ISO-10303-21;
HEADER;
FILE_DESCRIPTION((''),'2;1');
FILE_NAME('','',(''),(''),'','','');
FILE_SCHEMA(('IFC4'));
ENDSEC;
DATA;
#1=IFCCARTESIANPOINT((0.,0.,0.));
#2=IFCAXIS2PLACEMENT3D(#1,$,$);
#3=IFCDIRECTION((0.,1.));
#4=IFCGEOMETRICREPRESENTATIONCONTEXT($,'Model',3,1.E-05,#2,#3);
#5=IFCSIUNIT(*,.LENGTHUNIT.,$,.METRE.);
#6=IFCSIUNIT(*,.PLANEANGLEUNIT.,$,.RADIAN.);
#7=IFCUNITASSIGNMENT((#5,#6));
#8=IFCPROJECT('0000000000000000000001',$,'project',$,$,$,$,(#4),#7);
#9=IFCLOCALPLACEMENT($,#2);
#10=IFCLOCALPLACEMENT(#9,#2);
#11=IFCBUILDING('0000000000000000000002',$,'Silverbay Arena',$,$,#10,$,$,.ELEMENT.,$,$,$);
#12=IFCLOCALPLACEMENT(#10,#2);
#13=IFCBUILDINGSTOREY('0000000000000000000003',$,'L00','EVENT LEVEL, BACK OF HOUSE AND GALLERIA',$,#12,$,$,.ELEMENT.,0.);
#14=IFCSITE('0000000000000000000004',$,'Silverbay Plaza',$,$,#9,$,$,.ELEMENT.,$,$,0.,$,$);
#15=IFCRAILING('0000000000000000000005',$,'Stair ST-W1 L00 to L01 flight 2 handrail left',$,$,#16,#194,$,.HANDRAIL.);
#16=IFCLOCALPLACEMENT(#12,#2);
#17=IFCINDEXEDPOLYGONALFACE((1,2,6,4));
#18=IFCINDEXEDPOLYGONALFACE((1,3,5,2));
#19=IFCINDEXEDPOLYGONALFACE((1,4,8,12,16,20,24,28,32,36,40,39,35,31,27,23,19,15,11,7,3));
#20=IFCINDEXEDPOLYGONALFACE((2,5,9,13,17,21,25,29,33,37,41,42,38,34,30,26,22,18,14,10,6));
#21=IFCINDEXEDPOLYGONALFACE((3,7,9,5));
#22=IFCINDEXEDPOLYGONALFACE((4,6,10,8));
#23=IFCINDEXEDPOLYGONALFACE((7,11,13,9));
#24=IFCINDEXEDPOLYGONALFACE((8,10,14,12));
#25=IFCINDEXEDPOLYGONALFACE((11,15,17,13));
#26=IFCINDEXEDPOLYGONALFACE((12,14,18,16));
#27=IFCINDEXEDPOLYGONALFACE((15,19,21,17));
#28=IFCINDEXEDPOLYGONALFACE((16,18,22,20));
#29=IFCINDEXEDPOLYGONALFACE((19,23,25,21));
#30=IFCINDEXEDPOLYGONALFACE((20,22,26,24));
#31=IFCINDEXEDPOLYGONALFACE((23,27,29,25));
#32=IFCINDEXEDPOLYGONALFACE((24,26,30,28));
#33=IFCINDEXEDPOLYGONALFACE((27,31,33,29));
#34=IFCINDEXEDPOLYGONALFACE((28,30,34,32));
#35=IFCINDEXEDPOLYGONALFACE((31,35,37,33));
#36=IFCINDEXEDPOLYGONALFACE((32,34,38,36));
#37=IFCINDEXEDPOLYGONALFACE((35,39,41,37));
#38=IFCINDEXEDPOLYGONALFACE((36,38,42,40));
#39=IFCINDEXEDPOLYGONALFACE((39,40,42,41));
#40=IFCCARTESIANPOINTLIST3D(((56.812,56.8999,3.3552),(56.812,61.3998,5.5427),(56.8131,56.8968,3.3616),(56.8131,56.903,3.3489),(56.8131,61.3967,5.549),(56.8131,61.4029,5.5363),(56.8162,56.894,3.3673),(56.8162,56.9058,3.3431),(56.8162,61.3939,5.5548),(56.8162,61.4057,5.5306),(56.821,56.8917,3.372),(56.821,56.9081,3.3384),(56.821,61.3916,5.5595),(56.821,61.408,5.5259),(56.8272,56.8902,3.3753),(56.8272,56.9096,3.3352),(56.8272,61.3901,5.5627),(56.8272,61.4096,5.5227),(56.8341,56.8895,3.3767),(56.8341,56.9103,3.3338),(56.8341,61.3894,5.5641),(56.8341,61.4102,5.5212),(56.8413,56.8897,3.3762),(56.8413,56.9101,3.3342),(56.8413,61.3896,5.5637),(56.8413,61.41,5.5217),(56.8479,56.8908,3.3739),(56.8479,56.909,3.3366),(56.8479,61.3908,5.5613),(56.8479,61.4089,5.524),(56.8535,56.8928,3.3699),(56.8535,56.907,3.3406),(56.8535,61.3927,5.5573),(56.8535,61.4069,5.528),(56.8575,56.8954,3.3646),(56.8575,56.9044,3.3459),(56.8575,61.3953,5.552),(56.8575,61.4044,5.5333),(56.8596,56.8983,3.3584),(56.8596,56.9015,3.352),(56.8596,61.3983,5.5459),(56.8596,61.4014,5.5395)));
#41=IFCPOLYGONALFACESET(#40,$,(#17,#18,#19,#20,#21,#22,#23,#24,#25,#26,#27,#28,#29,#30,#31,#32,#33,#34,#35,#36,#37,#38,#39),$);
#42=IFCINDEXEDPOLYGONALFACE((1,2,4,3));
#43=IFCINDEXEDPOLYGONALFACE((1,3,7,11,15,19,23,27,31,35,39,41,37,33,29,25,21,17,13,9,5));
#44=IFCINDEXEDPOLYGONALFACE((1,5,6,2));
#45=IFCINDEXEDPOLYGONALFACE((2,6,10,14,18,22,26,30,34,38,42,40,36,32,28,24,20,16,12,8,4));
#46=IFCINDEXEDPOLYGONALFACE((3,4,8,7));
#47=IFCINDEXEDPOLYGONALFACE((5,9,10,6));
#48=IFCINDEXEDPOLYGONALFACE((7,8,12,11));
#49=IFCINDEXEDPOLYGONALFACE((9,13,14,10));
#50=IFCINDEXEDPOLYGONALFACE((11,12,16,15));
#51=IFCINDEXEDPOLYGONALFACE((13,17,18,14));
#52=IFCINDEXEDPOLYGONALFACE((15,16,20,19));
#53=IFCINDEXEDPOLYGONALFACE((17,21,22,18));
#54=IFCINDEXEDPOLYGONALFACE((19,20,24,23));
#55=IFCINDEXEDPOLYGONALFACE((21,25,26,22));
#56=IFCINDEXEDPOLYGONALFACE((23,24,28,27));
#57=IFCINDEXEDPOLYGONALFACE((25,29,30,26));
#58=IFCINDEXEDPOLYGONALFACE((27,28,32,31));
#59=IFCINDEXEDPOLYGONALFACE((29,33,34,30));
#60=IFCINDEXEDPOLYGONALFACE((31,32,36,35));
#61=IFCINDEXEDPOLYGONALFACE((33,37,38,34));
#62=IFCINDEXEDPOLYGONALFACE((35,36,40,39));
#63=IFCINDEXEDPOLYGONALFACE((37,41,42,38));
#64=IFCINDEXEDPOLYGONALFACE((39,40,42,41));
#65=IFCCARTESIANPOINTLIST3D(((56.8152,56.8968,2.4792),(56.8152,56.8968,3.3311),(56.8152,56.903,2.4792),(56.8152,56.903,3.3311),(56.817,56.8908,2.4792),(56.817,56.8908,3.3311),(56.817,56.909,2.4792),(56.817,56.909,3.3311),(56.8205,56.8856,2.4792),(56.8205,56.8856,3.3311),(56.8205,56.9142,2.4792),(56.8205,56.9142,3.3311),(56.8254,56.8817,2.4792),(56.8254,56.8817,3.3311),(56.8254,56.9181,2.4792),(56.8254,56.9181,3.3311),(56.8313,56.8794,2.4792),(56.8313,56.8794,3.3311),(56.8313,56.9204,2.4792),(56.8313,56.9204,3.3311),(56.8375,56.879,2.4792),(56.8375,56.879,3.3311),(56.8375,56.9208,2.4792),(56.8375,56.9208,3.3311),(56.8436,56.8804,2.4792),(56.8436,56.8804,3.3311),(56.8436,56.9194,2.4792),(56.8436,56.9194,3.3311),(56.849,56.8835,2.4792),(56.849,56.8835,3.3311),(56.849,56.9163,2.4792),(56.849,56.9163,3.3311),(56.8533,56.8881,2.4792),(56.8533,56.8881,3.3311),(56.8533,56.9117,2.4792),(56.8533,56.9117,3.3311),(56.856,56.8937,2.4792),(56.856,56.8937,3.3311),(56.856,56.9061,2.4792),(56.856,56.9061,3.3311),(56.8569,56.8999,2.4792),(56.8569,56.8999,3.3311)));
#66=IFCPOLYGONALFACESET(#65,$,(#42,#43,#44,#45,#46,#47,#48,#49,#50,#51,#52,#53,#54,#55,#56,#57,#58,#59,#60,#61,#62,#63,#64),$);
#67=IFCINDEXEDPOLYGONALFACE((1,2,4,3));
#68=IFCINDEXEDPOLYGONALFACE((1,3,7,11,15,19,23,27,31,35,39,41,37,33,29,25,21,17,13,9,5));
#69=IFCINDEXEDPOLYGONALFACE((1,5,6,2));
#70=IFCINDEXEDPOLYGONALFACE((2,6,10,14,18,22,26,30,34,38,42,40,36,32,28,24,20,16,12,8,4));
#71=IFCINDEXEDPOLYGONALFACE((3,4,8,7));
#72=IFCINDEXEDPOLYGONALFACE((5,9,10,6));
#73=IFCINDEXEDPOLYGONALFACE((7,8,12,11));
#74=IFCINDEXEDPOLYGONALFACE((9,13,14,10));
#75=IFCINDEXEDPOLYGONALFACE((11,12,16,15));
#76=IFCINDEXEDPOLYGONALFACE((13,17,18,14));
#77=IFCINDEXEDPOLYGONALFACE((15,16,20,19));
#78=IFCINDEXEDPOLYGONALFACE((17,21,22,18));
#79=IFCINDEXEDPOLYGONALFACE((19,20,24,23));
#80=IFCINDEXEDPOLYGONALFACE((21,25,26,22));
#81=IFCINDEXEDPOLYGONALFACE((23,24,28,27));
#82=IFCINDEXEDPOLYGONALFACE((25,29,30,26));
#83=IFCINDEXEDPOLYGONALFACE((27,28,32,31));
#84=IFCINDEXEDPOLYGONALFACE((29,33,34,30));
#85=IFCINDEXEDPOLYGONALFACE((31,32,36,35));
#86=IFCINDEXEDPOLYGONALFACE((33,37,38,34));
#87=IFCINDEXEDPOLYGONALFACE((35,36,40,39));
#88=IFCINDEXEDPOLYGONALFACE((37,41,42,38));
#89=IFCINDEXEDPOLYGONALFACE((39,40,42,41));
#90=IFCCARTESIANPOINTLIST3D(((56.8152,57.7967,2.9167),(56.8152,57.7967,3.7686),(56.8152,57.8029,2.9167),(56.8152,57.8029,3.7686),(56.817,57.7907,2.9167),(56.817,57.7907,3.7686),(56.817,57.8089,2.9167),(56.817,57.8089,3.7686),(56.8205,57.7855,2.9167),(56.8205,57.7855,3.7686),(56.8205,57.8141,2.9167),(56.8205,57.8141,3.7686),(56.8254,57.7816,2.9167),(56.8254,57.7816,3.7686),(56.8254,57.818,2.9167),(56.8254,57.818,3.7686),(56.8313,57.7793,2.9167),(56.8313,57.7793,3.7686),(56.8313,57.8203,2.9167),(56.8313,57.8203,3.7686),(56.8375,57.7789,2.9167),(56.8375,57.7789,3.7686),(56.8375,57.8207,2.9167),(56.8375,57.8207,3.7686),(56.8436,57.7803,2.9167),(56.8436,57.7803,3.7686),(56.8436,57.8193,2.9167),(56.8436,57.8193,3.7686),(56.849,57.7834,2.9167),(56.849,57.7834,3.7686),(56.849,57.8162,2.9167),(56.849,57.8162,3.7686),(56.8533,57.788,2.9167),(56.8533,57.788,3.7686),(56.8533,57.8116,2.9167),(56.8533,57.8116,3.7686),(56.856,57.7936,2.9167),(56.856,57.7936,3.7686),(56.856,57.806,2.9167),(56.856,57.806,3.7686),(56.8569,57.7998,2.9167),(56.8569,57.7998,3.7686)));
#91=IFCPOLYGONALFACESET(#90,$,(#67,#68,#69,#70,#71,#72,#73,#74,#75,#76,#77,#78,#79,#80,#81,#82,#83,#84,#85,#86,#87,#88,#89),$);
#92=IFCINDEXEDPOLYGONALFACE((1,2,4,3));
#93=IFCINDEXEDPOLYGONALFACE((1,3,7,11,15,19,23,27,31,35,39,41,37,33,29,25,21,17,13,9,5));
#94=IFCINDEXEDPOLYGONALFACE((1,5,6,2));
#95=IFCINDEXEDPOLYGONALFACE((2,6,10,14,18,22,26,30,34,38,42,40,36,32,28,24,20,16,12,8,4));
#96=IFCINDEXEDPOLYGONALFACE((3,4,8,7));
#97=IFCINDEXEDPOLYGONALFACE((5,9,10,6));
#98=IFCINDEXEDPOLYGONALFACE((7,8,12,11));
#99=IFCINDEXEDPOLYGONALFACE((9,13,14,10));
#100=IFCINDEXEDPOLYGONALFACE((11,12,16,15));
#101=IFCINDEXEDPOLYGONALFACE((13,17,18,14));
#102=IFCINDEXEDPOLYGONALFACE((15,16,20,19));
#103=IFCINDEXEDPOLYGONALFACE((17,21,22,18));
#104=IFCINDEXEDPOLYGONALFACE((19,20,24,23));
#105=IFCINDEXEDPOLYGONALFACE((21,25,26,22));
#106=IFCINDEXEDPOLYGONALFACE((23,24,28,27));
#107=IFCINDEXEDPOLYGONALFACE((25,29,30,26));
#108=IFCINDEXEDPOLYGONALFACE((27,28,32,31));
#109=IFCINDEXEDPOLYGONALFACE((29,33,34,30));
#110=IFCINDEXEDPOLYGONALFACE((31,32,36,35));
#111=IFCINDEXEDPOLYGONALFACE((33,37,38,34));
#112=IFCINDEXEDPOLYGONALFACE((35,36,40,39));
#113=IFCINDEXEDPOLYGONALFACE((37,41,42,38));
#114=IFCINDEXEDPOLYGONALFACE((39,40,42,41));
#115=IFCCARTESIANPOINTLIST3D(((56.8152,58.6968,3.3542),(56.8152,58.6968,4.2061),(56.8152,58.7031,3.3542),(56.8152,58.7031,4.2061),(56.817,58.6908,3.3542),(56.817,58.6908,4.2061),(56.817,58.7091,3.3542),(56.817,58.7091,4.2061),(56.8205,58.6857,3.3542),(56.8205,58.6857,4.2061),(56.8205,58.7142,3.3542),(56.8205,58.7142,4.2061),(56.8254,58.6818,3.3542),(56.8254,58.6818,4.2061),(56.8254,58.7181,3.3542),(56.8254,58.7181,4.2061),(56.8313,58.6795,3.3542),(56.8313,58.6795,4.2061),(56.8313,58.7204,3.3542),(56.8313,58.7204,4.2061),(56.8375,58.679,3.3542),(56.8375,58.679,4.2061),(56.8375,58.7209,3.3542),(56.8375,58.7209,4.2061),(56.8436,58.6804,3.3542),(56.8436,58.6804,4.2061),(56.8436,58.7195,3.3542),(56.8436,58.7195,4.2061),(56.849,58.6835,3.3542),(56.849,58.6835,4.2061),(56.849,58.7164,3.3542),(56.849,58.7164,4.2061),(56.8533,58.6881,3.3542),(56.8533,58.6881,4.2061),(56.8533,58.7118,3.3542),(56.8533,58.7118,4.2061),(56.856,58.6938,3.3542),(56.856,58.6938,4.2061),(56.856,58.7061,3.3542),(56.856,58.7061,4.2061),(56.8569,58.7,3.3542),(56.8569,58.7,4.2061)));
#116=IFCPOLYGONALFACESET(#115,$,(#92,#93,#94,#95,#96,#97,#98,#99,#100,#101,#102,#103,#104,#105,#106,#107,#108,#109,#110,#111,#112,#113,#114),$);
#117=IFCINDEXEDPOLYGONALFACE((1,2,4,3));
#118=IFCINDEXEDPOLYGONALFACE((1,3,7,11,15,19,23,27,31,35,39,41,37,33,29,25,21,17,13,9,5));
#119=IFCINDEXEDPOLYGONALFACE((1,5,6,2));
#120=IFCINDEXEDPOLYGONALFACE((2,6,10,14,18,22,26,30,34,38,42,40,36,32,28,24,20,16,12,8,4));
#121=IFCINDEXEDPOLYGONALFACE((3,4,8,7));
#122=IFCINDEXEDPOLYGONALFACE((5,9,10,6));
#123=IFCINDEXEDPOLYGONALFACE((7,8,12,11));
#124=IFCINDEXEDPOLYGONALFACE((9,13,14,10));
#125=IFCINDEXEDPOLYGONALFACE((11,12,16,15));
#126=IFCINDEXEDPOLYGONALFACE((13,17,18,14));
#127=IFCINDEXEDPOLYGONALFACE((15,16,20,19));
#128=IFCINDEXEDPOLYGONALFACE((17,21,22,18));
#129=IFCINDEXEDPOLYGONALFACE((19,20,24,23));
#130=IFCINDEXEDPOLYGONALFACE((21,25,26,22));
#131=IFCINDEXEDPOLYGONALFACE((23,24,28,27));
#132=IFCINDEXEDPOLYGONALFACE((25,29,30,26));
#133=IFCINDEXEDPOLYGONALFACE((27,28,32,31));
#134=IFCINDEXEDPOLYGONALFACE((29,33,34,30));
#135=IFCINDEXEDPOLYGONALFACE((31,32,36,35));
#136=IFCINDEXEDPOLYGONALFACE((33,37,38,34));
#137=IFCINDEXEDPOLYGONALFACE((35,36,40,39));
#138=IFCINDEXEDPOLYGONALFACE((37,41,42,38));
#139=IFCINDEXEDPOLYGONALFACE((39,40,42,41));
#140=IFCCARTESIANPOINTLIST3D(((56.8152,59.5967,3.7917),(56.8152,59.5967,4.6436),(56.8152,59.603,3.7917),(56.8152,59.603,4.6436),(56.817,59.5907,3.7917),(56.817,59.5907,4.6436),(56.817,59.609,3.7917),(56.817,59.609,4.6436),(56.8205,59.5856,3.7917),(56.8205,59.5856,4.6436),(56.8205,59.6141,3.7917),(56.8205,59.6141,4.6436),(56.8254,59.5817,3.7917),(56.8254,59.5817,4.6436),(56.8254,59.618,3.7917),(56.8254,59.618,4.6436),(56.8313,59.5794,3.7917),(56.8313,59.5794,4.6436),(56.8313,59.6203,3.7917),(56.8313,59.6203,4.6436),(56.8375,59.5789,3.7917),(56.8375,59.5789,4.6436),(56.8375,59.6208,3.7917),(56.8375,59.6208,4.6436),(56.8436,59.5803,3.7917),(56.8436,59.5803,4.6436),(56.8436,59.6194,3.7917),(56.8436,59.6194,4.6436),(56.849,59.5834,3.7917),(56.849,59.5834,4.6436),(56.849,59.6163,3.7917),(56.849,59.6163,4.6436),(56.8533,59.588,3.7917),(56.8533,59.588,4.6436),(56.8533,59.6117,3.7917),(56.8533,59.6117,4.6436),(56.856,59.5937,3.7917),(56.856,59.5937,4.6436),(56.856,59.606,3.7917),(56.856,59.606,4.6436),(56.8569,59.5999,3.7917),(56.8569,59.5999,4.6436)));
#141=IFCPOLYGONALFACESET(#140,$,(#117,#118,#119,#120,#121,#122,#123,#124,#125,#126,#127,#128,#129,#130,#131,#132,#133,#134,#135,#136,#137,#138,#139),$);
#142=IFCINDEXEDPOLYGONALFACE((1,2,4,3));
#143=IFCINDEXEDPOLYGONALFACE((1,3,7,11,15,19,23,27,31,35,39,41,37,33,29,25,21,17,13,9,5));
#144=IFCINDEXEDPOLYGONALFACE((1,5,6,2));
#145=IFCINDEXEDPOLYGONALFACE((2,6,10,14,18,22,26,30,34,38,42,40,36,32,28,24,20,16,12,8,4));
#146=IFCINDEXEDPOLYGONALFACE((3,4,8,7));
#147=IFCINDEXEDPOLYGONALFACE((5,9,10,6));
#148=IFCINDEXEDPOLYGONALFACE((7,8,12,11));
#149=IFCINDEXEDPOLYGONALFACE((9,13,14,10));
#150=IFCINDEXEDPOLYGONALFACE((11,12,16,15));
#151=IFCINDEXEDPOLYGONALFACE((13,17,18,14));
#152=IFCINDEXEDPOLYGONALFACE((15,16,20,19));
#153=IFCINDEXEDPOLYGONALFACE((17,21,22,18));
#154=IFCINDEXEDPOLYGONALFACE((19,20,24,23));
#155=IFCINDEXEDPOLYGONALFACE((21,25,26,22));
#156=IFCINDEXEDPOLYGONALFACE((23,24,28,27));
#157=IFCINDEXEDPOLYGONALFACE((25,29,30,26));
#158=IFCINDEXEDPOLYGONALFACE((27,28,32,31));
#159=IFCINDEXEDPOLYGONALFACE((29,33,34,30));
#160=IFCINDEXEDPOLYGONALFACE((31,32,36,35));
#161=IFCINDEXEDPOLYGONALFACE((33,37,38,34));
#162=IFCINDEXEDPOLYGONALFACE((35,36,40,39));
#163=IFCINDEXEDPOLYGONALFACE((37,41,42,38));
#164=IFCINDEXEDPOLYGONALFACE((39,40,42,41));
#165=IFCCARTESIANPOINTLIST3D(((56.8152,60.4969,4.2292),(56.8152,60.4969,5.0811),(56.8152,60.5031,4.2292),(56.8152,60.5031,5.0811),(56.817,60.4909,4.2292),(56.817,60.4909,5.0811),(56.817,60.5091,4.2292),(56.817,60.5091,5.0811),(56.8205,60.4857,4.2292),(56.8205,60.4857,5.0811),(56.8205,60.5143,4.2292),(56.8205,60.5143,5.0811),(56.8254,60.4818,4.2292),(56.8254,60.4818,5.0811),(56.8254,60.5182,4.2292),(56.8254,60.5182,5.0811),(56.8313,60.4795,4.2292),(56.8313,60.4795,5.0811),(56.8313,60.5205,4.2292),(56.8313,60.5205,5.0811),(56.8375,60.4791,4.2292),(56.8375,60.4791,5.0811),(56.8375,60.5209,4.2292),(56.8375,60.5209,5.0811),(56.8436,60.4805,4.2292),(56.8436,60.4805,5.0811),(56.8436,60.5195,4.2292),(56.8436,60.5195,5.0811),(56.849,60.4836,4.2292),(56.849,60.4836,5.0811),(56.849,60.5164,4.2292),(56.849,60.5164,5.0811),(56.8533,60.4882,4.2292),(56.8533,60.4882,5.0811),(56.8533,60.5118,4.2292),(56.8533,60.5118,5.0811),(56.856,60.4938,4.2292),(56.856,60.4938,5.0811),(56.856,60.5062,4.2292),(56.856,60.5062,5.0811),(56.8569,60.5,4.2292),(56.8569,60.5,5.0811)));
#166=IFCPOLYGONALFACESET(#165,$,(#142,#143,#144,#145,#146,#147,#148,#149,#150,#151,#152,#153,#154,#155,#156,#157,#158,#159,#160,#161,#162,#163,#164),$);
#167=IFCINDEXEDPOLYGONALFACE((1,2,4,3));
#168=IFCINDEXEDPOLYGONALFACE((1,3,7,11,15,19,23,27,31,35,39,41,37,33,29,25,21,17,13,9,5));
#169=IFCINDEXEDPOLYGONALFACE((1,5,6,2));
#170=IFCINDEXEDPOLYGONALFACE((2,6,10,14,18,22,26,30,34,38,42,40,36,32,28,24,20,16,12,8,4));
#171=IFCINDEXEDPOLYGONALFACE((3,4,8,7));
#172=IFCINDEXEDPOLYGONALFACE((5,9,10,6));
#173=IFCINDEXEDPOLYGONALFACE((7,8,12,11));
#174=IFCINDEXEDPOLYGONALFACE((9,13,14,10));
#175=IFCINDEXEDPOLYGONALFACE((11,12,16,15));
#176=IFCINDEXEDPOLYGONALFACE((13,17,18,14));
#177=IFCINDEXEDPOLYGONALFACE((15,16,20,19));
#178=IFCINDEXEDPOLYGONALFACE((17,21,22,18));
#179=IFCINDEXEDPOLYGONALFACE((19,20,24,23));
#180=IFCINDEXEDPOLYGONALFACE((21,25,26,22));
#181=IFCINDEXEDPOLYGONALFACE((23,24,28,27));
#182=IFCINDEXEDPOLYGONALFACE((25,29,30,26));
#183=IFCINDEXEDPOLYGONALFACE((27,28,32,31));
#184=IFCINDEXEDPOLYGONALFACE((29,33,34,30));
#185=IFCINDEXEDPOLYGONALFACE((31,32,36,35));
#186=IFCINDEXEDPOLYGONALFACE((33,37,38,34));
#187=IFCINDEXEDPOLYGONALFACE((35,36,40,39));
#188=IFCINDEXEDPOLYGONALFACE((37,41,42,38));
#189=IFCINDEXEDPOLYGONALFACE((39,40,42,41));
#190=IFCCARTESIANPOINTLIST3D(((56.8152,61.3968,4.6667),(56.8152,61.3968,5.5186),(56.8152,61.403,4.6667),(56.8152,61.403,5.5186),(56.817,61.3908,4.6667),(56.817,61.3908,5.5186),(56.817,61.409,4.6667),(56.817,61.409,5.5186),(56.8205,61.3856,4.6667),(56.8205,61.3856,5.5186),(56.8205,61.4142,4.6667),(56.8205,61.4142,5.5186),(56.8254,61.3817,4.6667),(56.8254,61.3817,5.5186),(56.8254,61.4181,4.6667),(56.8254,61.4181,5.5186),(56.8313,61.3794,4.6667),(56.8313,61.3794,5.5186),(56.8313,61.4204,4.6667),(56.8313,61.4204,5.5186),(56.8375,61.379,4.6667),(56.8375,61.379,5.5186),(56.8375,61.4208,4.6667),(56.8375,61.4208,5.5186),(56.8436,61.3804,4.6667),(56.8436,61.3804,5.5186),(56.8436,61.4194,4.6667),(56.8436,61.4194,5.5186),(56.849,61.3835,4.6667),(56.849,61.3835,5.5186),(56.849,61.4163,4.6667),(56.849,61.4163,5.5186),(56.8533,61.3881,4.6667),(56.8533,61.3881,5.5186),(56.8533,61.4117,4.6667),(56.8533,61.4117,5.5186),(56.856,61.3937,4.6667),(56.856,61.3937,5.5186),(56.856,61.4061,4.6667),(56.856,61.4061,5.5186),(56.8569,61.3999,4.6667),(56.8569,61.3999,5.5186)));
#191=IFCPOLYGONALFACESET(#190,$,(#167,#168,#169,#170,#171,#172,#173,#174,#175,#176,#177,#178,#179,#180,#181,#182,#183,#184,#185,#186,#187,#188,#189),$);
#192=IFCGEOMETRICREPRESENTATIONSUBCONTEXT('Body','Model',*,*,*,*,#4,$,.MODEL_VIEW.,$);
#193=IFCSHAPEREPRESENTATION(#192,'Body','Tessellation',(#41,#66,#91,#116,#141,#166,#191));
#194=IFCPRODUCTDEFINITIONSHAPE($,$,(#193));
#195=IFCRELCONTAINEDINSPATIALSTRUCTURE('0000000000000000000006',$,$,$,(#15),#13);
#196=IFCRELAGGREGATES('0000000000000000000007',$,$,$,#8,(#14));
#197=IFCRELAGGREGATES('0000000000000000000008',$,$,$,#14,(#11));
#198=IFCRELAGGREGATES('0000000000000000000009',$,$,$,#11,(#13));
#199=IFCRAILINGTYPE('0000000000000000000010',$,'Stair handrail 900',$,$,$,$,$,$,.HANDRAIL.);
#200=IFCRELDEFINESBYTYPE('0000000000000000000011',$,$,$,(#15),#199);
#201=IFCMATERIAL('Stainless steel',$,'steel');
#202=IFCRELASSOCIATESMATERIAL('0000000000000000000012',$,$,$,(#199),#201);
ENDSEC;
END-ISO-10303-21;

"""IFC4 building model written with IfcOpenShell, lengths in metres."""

from ifc_helpers import new_model, si_unit, direction, frame, origin, origin_2d, place, context, subcontext, project, spatial, circle, extrude, material, type_object, element, save


model = new_model("IFC4")

# Units and contexts
model_context = context("Model", 3, precision=1e-05, world=origin(), true_north=direction((0.0, 1.0)))
body_context = subcontext(model_context, "Body", "Model", "MODEL_VIEW")
ifc_project = project(units=[si_unit("LENGTHUNIT", "METRE"), si_unit("PLANEANGLEUNIT", "RADIAN")], contexts=[model_context])

# Site, building, storey
site_placement = place(None, origin())
site = spatial("IfcSite", under=ifc_project, at=site_placement, Name="Silverbay Plaza", CompositionType="ELEMENT", RefElevation=0.0)
building_placement = place(site_placement, origin())
building = spatial("IfcBuilding", under=site, at=building_placement, Name="Silverbay Arena", CompositionType="ELEMENT")
storey_placement = place(building_placement, origin())
storey = spatial("IfcBuildingStorey", under=building, at=storey_placement, Name="L00", Description="EVENT LEVEL, BACK OF HOUSE AND GALLERIA", CompositionType="ELEMENT", Elevation=0.0)

# Railing
ifc_material_1 = material(Name="Stainless steel", Category="steel")
railing_type_1 = type_object("IfcRailingType", Name="Stair handrail 900", PredefinedType="HANDRAIL", material=ifc_material_1)
for number, where, name in (
    (1, (56.8359, 56.8999, 2.4792), "Stair ST-W1 L00 to L01 flight 2 handrail left"),
):
    element("IfcRailing", number, at=place(storey_placement, frame(where)), inside=storey, type_object=railing_type_1, Name=name, PredefinedType="HANDRAIL", context=body_context, shape_type="SweptSolid", body=[
        extrude(circle(Radius=0.0239, at=origin_2d()), frame((0.0, 0.0, 0.876), z_axis=(0.0, 0.899368, 0.437193), x_axis=(-1.0, 0.0, 0.0)), (0.0, 0.0, 1.0), 5.0034),
        extrude(circle(Radius=0.021, at=origin_2d()), origin(), (0.0, 0.0, 1.0), 0.8518),
        extrude(circle(Radius=0.021, at=origin_2d()), frame((0.0, 0.8999, 0.4375)), (0.0, 0.0, 1.0), 0.8518),
        extrude(circle(Radius=0.021, at=origin_2d()), frame((0.0, 1.8, 0.875)), (0.0, 0.0, 1.0), 0.8518),
        extrude(circle(Radius=0.021, at=origin_2d()), frame((0.0, 2.7, 1.3125)), (0.0, 0.0, 1.0), 0.8518),
        extrude(circle(Radius=0.021, at=origin_2d()), frame((0.0, 3.6001, 1.75)), (0.0, 0.0, 1.0), 0.8518),
        extrude(circle(Radius=0.021, at=origin_2d()), frame((0.0, 4.5, 2.1875)), (0.0, 0.0, 1.0), 0.8518),
    ])

save(model, "model.ifc")
